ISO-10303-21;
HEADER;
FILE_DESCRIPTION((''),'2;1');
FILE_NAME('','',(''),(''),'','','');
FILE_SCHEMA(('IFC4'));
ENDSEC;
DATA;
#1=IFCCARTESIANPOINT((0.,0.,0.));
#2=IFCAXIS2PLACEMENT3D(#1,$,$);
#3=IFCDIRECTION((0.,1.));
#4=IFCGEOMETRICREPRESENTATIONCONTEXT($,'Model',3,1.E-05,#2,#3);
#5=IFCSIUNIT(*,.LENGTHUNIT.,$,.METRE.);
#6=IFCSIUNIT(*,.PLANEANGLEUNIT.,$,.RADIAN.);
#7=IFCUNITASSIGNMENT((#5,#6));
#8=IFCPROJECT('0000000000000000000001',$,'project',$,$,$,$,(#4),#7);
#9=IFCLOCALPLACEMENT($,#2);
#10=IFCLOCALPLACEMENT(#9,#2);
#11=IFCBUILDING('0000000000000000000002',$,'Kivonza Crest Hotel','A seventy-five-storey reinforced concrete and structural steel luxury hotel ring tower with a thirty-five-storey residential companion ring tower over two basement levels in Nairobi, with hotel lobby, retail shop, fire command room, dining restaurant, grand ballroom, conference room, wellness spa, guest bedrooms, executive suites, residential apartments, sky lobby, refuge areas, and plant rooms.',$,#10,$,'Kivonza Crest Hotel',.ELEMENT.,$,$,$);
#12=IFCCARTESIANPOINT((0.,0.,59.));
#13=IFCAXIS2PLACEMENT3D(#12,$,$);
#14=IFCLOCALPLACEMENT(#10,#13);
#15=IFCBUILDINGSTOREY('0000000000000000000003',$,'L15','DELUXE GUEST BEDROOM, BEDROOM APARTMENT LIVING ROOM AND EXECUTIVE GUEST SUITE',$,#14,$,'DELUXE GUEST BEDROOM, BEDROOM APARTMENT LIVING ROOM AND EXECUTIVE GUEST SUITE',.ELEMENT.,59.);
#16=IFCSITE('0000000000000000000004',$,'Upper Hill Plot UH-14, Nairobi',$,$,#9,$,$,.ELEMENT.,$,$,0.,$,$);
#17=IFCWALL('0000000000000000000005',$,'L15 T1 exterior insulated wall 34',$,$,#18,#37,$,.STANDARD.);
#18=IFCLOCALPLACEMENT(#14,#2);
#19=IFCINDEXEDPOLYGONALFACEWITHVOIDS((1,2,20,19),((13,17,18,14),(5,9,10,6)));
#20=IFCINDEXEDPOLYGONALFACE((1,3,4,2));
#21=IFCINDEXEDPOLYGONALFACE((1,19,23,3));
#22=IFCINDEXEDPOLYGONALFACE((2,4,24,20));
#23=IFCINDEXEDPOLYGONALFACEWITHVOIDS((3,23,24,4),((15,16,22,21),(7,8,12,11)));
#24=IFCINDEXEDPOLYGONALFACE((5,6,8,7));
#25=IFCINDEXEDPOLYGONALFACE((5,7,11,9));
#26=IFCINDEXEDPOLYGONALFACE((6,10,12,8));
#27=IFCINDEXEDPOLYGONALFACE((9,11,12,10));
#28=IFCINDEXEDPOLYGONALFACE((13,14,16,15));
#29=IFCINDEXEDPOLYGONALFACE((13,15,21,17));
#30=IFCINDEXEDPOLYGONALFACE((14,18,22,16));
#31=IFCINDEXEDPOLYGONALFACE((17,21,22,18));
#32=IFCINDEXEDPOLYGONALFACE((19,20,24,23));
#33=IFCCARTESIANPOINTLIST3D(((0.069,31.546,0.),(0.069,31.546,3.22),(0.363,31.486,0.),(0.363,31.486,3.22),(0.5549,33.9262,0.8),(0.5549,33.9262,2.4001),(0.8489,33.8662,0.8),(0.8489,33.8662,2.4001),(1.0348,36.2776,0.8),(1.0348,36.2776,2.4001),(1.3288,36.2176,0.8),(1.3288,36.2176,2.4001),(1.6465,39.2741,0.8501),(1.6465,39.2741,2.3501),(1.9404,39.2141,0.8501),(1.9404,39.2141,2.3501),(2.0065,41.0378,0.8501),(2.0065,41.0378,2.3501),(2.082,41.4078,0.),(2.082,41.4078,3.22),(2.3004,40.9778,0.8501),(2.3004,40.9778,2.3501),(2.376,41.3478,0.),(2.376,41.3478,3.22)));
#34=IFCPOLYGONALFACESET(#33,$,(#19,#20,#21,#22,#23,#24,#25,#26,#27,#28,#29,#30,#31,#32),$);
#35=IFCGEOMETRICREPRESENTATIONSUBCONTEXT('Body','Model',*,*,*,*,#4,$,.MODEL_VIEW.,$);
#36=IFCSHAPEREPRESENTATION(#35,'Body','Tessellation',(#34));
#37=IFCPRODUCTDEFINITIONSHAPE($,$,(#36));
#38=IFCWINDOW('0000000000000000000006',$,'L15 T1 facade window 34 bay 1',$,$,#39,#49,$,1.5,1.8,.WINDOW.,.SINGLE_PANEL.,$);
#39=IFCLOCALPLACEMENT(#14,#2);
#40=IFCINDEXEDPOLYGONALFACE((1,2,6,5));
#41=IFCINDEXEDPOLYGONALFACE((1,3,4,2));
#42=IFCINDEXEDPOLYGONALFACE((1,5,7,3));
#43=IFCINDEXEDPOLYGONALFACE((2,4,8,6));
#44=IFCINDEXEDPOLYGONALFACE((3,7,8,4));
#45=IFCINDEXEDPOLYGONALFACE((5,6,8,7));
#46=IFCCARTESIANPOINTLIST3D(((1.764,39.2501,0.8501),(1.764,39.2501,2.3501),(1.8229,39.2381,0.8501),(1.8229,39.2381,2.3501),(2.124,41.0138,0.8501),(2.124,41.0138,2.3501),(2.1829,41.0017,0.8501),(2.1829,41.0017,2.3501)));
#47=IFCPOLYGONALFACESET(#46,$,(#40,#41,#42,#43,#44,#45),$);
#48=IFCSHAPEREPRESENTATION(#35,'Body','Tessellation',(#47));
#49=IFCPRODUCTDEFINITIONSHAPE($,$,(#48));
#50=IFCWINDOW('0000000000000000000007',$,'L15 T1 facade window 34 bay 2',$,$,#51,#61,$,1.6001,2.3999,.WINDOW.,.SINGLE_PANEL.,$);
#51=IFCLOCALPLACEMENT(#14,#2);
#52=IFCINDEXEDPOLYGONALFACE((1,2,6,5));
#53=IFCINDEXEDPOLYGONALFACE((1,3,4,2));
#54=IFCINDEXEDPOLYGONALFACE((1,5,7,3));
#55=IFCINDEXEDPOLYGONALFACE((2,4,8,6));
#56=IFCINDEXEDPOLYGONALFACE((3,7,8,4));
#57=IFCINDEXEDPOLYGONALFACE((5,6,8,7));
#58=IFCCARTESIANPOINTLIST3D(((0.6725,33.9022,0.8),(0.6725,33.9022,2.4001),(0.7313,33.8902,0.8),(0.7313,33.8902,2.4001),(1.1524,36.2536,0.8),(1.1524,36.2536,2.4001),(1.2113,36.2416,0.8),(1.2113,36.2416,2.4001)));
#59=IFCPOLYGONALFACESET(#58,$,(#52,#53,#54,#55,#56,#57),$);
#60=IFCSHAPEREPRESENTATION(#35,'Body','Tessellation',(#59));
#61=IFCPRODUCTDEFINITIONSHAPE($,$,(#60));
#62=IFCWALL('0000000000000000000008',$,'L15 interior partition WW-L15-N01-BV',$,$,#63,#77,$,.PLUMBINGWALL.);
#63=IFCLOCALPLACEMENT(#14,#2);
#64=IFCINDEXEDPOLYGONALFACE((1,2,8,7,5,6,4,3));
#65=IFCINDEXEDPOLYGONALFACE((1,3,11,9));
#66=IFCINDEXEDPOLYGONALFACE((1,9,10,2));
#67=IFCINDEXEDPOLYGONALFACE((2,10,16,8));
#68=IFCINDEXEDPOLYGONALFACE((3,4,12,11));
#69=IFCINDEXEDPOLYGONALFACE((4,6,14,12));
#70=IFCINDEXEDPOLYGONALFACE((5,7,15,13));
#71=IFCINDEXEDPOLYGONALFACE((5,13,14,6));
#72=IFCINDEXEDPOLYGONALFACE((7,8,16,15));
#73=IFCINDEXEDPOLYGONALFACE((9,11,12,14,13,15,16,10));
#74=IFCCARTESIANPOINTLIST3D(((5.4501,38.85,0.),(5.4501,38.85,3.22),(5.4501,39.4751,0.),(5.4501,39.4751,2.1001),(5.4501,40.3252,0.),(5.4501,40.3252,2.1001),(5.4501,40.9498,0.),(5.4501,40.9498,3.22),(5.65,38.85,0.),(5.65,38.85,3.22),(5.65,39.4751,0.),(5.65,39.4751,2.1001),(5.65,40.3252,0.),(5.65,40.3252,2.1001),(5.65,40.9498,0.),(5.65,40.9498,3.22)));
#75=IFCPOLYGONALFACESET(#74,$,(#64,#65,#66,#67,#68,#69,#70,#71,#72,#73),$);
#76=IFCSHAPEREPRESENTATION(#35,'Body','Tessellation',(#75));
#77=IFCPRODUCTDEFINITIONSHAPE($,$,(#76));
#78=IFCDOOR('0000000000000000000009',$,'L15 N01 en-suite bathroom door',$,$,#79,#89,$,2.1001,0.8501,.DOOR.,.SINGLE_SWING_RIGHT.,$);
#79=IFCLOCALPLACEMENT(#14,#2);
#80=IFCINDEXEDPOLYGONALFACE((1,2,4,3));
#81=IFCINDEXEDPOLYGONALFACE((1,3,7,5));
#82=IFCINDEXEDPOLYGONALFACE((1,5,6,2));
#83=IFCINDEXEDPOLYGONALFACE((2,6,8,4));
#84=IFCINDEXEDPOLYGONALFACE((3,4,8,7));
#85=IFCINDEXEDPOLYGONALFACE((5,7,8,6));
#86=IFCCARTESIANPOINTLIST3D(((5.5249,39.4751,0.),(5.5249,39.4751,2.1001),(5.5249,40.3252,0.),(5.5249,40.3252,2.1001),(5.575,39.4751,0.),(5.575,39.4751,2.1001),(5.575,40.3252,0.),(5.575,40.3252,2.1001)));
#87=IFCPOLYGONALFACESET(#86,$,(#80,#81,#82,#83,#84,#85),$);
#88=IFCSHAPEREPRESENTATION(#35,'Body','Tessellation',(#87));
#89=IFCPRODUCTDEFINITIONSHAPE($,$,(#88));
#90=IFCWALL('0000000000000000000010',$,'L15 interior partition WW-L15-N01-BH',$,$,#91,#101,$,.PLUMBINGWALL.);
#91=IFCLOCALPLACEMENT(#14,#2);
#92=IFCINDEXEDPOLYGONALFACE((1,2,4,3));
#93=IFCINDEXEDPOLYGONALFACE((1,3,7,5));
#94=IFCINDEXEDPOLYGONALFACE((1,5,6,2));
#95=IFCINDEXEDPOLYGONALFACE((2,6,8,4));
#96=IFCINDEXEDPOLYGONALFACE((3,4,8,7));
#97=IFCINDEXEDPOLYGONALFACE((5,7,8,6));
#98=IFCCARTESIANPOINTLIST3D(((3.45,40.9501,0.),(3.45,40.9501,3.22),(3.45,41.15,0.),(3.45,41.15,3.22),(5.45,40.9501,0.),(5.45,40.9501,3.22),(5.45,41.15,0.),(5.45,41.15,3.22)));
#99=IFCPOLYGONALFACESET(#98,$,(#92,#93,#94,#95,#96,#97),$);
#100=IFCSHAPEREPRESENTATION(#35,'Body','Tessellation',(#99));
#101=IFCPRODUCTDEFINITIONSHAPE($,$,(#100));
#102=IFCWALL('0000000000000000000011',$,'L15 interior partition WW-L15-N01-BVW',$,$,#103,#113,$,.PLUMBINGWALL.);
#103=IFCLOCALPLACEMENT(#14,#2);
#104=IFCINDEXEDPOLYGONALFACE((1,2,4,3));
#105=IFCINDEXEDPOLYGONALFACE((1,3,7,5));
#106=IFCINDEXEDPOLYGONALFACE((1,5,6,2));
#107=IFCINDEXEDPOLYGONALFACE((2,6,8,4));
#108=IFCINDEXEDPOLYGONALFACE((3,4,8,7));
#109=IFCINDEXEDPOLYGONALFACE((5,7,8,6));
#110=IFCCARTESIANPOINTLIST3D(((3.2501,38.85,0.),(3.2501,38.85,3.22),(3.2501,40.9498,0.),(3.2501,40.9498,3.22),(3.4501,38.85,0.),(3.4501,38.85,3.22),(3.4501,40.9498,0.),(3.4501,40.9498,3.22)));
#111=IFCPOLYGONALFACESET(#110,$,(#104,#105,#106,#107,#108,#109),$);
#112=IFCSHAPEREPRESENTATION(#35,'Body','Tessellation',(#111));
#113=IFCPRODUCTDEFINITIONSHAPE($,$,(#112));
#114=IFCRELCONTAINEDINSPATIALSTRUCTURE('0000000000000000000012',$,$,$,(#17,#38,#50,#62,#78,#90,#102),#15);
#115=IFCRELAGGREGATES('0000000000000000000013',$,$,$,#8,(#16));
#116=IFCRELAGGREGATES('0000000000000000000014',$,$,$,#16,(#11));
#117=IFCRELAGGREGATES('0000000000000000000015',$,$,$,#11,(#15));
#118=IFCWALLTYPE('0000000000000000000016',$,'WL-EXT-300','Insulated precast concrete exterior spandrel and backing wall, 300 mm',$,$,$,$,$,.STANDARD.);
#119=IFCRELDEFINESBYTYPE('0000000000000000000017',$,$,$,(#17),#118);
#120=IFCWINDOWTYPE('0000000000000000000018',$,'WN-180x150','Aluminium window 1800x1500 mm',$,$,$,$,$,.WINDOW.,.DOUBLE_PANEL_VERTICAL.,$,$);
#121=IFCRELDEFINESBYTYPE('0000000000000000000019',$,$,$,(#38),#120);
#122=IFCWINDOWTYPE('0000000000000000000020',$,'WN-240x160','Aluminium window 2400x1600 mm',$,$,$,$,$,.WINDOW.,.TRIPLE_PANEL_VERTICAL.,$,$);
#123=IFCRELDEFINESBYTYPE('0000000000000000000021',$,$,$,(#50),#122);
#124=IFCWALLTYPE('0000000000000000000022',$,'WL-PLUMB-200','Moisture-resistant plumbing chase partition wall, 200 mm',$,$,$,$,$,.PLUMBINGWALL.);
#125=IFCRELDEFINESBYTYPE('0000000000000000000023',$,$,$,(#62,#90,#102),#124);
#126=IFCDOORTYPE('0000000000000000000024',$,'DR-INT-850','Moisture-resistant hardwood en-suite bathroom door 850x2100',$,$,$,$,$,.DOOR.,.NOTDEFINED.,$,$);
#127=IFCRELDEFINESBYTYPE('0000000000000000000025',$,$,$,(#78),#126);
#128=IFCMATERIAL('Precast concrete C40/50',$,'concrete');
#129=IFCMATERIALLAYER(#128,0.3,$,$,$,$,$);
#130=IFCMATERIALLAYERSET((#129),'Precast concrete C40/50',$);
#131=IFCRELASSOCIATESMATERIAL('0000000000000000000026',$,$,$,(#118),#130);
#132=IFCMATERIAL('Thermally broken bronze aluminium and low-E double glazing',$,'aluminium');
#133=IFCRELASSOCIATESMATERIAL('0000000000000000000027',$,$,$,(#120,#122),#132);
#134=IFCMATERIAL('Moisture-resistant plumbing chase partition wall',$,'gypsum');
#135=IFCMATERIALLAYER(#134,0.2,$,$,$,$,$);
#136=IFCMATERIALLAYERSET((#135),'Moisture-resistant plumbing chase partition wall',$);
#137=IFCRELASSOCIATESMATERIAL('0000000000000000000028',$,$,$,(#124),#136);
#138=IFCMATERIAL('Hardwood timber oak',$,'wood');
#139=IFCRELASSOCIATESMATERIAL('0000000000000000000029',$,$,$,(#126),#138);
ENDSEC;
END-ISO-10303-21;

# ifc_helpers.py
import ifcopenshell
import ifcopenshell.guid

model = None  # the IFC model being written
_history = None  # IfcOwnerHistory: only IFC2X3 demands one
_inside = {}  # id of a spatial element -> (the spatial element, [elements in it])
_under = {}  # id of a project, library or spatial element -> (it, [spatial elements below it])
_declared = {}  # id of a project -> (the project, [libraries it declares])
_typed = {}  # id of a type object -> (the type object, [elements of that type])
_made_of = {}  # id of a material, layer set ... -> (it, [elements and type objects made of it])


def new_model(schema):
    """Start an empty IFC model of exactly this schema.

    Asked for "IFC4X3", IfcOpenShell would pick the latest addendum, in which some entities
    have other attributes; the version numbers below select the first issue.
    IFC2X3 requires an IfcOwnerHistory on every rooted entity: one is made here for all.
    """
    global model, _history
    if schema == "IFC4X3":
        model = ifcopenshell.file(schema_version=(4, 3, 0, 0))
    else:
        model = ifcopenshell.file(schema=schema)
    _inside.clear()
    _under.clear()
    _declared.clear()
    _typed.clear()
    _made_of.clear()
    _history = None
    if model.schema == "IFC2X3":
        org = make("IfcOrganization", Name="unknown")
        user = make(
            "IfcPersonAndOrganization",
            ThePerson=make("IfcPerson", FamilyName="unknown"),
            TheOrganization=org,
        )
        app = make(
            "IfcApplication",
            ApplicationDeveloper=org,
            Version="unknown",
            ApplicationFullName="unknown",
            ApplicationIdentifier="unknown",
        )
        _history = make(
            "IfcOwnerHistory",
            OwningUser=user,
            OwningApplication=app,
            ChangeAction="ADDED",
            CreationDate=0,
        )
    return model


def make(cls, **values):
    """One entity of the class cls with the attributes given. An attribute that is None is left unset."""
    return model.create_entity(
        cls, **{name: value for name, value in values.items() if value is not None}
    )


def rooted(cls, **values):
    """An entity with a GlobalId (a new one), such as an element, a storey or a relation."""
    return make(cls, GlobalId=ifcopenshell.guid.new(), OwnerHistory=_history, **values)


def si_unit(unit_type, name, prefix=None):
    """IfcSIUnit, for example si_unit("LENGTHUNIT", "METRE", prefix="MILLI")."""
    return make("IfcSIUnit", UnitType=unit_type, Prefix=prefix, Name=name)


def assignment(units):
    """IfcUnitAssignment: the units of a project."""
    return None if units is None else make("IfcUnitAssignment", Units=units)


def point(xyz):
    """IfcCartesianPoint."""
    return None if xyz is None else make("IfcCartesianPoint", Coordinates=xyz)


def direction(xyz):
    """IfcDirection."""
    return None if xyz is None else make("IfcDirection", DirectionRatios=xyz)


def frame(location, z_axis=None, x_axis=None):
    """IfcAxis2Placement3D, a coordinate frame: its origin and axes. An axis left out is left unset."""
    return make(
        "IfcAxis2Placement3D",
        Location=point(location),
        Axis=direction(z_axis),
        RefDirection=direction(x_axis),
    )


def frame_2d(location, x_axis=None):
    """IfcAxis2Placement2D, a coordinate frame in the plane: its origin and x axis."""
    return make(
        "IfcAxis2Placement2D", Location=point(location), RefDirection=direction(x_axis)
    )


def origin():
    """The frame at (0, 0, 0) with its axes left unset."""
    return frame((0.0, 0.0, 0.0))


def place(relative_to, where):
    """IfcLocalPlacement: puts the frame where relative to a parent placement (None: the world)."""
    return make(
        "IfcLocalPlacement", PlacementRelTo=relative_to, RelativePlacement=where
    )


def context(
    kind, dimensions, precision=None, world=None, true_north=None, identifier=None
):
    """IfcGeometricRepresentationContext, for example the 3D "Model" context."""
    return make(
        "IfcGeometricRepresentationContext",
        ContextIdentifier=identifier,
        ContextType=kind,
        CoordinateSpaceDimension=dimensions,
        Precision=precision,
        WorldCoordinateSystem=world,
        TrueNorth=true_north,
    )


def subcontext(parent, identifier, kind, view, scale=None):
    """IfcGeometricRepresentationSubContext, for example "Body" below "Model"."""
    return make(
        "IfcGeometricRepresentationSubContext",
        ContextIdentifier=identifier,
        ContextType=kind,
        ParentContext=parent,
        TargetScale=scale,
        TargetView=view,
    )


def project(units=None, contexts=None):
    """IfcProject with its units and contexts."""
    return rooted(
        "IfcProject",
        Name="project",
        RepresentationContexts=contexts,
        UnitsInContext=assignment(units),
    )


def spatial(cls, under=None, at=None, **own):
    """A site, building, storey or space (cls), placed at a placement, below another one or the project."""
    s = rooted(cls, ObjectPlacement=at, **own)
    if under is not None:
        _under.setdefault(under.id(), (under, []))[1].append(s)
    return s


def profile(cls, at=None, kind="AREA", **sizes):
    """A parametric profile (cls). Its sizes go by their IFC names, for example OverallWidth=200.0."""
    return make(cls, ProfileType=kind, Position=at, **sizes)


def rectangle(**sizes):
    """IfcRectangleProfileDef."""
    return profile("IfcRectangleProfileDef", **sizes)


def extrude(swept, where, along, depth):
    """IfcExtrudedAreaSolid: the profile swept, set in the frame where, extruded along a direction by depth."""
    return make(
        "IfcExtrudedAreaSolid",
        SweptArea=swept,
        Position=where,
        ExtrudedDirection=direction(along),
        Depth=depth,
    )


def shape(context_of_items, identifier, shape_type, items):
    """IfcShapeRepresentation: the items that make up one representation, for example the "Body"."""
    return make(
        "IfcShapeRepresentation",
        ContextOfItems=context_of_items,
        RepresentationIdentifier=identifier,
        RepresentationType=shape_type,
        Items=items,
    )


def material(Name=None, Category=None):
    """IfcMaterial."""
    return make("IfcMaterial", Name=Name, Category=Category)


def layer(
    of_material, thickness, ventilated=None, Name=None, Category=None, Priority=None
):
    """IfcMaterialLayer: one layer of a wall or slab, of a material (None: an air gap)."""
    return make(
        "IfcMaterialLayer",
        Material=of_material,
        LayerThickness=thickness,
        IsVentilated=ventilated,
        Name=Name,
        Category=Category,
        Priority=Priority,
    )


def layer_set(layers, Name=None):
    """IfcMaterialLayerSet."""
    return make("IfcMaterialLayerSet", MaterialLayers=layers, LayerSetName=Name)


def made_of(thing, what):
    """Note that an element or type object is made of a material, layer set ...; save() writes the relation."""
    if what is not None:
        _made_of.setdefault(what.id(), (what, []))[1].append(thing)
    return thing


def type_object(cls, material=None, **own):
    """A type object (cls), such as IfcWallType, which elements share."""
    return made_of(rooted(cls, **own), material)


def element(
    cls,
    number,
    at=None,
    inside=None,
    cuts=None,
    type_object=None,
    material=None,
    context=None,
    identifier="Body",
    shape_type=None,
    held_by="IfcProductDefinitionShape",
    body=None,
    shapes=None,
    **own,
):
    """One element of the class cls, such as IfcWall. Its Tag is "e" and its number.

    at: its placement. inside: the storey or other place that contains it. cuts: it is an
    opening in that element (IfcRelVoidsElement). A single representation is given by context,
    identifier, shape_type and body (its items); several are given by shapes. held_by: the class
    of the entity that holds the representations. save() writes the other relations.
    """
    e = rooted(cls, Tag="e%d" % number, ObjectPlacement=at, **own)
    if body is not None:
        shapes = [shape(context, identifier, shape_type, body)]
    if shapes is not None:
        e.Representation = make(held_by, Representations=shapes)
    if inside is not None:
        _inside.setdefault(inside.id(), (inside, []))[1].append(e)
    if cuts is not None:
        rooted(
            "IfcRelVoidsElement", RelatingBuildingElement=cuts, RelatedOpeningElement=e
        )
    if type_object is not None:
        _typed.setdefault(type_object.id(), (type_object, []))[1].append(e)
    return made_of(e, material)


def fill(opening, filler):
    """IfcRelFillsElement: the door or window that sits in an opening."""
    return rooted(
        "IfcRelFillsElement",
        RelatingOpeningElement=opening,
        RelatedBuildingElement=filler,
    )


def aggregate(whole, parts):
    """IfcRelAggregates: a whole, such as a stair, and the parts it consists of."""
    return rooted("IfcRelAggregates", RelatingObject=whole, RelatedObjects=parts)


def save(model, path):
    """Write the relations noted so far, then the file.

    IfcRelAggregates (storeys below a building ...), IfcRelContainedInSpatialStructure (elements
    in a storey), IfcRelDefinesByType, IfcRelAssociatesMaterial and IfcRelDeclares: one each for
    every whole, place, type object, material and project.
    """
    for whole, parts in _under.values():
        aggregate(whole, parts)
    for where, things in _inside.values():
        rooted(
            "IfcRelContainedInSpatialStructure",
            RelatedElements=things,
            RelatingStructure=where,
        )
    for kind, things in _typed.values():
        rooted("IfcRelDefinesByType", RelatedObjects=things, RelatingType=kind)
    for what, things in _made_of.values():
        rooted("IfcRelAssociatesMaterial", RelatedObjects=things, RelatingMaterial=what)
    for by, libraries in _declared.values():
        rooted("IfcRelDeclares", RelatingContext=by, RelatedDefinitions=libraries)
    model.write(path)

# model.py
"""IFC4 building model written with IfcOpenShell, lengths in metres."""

from ifc_helpers import new_model, si_unit, direction, frame, frame_2d, origin, place, context, subcontext, project, spatial, rectangle, extrude, material, layer, layer_set, type_object, element, fill, save


model = new_model("IFC4")

# Units and contexts
model_context = context("Model", 3, precision=1e-05, world=origin(), true_north=direction((0.0, 1.0)))
body_context = subcontext(model_context, "Body", "Model", "MODEL_VIEW")
ifc_project = project(units=[si_unit("LENGTHUNIT", "METRE"), si_unit("PLANEANGLEUNIT", "RADIAN")], contexts=[model_context])

# Site, building, storey
site_placement = place(None, origin())
site = spatial("IfcSite", under=ifc_project, at=site_placement, Name="Upper Hill Plot UH-14, Nairobi", CompositionType="ELEMENT", RefElevation=0.0)
building_placement = place(site_placement, origin())
building = spatial("IfcBuilding", under=site, at=building_placement, Name="Kivonza Crest Hotel", Description="A seventy-five-storey reinforced concrete and structural steel luxury hotel ring tower with a thirty-five-storey residential companion ring tower over two basement levels in Nairobi, with hotel lobby, retail shop, fire command room, dining restaurant, grand ballroom, conference room, wellness spa, guest bedrooms, executive suites, residential apartments, sky lobby, refuge areas, and plant rooms.", LongName="Kivonza Crest Hotel", CompositionType="ELEMENT")
storey_placement = place(building_placement, frame((0.0, 0.0, 59.0)))
storey = spatial("IfcBuildingStorey", under=building, at=storey_placement, Name="L15", Description="DELUXE GUEST BEDROOM, BEDROOM APARTMENT LIVING ROOM AND EXECUTIVE GUEST SUITE", LongName="DELUXE GUEST BEDROOM, BEDROOM APARTMENT LIVING ROOM AND EXECUTIVE GUEST SUITE", CompositionType="ELEMENT", Elevation=59.0)

# Shared definitions
ifc_material_1 = material(Name="Hardwood timber oak", Category="wood")

# Shared definitions
ifc_material_2 = material(Name="Precast concrete C40/50", Category="concrete")
ifc_layer_1 = layer(ifc_material_2, 0.3)
ifc_layer_set_1 = layer_set([ifc_layer_1], Name="Precast concrete C40/50")
wall_type_1 = type_object("IfcWallType", Name="WL-EXT-300", Description="Insulated precast concrete exterior spandrel and backing wall, 300 mm", PredefinedType="STANDARD", material=ifc_layer_set_1)

# Wall, openings, windows
wall_1_placement = place(storey_placement, frame((2.229, 41.3779, 0.0), z_axis=(0.0, 0.0, 1.0), x_axis=(-0.199991, -0.979798, 0.0)))
wall_1 = element("IfcWall", 1, at=wall_1_placement, inside=storey, type_object=wall_type_1, Name="L15 T1 exterior insulated wall 34", PredefinedType="STANDARD", context=body_context, shape_type="SweptSolid", body=[
    extrude(rectangle(XDim=10.0652, YDim=0.3, at=frame_2d((5.0327, 0.0))), origin(), (0.0, 0.0, 1.0), 3.22),
])
opening_1_placement = place(wall_1_placement, frame((0.3779, 0.0, 0.8501)))
opening_1 = element("IfcOpeningElement", 2, at=opening_1_placement, cuts=wall_1, PredefinedType="OPENING", context=body_context, shape_type="SweptSolid", body=[
    extrude(rectangle(XDim=1.8, YDim=1.5, at=frame_2d((0.8999, 0.75))), frame((0.0, 0.1602, 0.0), z_axis=(0.0, -1.0, 0.0), x_axis=(1.0, 0.0, 0.0)), (0.0, 0.0, 1.0), 0.3201),
])
opening_2_placement = place(wall_1_placement, frame((5.2361, 0.0, 0.8)))
opening_2 = element("IfcOpeningElement", 3, at=opening_2_placement, cuts=wall_1, PredefinedType="OPENING", context=body_context, shape_type="SweptSolid", body=[
    extrude(rectangle(XDim=2.3999, YDim=1.6001, at=frame_2d((1.2, 0.8))), frame((0.0, 0.1602, 0.0), z_axis=(0.0, -1.0, 0.0), x_axis=(1.0, 0.0, 0.0)), (0.0, 0.0, 1.0), 0.3201),
])
ifc_material_3 = material(Name="Thermally broken bronze aluminium and low-E double glazing", Category="aluminium")
window_type_1 = type_object("IfcWindowType", Name="WN-180x150", Description="Aluminium window 1800x1500 mm", PartitioningType="DOUBLE_PANEL_VERTICAL", PredefinedType="WINDOW", material=ifc_material_3)
window_1_placement = place(opening_1_placement, origin())
window_1 = element("IfcWindow", 4, at=window_1_placement, inside=storey, type_object=window_type_1, Name="L15 T1 facade window 34 bay 1", OverallHeight=1.5, OverallWidth=1.8, PartitioningType="SINGLE_PANEL", PredefinedType="WINDOW", context=body_context, shape_type="SweptSolid", body=[
    extrude(rectangle(XDim=1.8, YDim=1.5, at=frame_2d((0.8999, 0.75))), frame((0.0, 0.03, 0.0), z_axis=(0.0, -1.0, 0.0), x_axis=(1.0, 0.0, 0.0)), (0.0, 0.0, 1.0), 0.0601),
])
fill(opening_1, window_1)
window_type_2 = type_object("IfcWindowType", Name="WN-240x160", Description="Aluminium window 2400x1600 mm", PartitioningType="TRIPLE_PANEL_VERTICAL", PredefinedType="WINDOW", material=ifc_material_3)
window_2_placement = place(opening_2_placement, origin())
window_2 = element("IfcWindow", 5, at=window_2_placement, inside=storey, type_object=window_type_2, Name="L15 T1 facade window 34 bay 2", OverallHeight=1.6001, OverallWidth=2.3999, PartitioningType="SINGLE_PANEL", PredefinedType="WINDOW", context=body_context, shape_type="SweptSolid", body=[
    extrude(rectangle(XDim=2.3999, YDim=1.6001, at=frame_2d((1.2, 0.8))), frame((0.0, 0.03, 0.0), z_axis=(0.0, -1.0, 0.0), x_axis=(1.0, 0.0, 0.0)), (0.0, 0.0, 1.0), 0.0601),
])
fill(opening_2, window_2)

# Wall, opening, door
ifc_material_4 = material(Name="Moisture-resistant plumbing chase partition wall", Category="gypsum")
ifc_layer_2 = layer(ifc_material_4, 0.2)
ifc_layer_set_2 = layer_set([ifc_layer_2], Name="Moisture-resistant plumbing chase partition wall")
wall_type_2 = type_object("IfcWallType", Name="WL-PLUMB-200", Description="Moisture-resistant plumbing chase partition wall, 200 mm", PredefinedType="PLUMBINGWALL", material=ifc_layer_set_2)
wall_2_placement = place(storey_placement, frame((5.55, 38.8501, 0.0), z_axis=(0.0, 0.0, 1.0), x_axis=(0.0, 1.0, 0.0)))
wall_2 = element("IfcWall", 6, at=wall_2_placement, inside=storey, type_object=wall_type_2, Name="L15 interior partition WW-L15-N01-BV", PredefinedType="PLUMBINGWALL", context=body_context, shape_type="SweptSolid", body=[
    extrude(rectangle(XDim=2.0999, YDim=0.2, at=frame_2d((1.0498, 0.0))), origin(), (0.0, 0.0, 1.0), 3.22),
])
opening_3_placement = place(wall_2_placement, frame((0.625, 0.0, 0.0)))
opening_3 = element("IfcOpeningElement", 7, at=opening_3_placement, cuts=wall_2, PredefinedType="OPENING", context=body_context, shape_type="SweptSolid", body=[
    extrude(rectangle(XDim=0.8501, YDim=2.1001, at=frame_2d((0.425, 1.05))), frame((0.0, 0.1099, 0.0), z_axis=(0.0, -1.0, 0.0), x_axis=(1.0, 0.0, 0.0)), (0.0, 0.0, 1.0), 0.22),
])
door_type_1 = type_object("IfcDoorType", Name="DR-INT-850", Description="Moisture-resistant hardwood en-suite bathroom door 850x2100", OperationType="NOTDEFINED", PredefinedType="DOOR", material=ifc_material_1)
door_1_placement = place(opening_3_placement, frame((0.8501, 0.0, 0.0), z_axis=(0.0, 0.0, 1.0), x_axis=(-1.0, 0.0, 0.0)))
door_1 = element("IfcDoor", 8, at=door_1_placement, inside=storey, type_object=door_type_1, Name="L15 N01 en-suite bathroom door", OperationType="SINGLE_SWING_RIGHT", OverallHeight=2.1001, OverallWidth=0.8501, PredefinedType="DOOR", context=body_context, shape_type="SweptSolid", body=[
    extrude(rectangle(XDim=0.8501, YDim=2.1001, at=frame_2d((0.425, 1.05))), frame((0.0, 0.0249, 0.0), z_axis=(0.0, -1.0, 0.0), x_axis=(1.0, 0.0, 0.0)), (0.0, 0.0, 1.0), 0.05),
])
fill(opening_3, door_1)

# Walls
wall_3_placement = place(storey_placement, frame((3.45, 41.05, 0.0), z_axis=(0.0, 0.0, 1.0), x_axis=(1.0, 0.0, 0.0)))
element("IfcWall", 9, at=wall_3_placement, inside=storey, type_object=wall_type_2, Name="L15 interior partition WW-L15-N01-BH", PredefinedType="PLUMBINGWALL", context=body_context, shape_type="SweptSolid", body=[
    extrude(rectangle(XDim=2.0, YDim=0.2, at=frame_2d((1.0, 0.0))), origin(), (0.0, 0.0, 1.0), 3.22),
])
wall_4_placement = place(storey_placement, frame((3.3501, 38.8501, 0.0), z_axis=(0.0, 0.0, 1.0), x_axis=(0.0, 1.0, 0.0)))
element("IfcWall", 10, at=wall_4_placement, inside=storey, type_object=wall_type_2, Name="L15 interior partition WW-L15-N01-BVW", PredefinedType="PLUMBINGWALL", context=body_context, shape_type="SweptSolid", body=[
    extrude(rectangle(XDim=2.0999, YDim=0.2, at=frame_2d((1.0498, 0.0))), origin(), (0.0, 0.0, 1.0), 3.22),
])

save(model, "model.ifc")
